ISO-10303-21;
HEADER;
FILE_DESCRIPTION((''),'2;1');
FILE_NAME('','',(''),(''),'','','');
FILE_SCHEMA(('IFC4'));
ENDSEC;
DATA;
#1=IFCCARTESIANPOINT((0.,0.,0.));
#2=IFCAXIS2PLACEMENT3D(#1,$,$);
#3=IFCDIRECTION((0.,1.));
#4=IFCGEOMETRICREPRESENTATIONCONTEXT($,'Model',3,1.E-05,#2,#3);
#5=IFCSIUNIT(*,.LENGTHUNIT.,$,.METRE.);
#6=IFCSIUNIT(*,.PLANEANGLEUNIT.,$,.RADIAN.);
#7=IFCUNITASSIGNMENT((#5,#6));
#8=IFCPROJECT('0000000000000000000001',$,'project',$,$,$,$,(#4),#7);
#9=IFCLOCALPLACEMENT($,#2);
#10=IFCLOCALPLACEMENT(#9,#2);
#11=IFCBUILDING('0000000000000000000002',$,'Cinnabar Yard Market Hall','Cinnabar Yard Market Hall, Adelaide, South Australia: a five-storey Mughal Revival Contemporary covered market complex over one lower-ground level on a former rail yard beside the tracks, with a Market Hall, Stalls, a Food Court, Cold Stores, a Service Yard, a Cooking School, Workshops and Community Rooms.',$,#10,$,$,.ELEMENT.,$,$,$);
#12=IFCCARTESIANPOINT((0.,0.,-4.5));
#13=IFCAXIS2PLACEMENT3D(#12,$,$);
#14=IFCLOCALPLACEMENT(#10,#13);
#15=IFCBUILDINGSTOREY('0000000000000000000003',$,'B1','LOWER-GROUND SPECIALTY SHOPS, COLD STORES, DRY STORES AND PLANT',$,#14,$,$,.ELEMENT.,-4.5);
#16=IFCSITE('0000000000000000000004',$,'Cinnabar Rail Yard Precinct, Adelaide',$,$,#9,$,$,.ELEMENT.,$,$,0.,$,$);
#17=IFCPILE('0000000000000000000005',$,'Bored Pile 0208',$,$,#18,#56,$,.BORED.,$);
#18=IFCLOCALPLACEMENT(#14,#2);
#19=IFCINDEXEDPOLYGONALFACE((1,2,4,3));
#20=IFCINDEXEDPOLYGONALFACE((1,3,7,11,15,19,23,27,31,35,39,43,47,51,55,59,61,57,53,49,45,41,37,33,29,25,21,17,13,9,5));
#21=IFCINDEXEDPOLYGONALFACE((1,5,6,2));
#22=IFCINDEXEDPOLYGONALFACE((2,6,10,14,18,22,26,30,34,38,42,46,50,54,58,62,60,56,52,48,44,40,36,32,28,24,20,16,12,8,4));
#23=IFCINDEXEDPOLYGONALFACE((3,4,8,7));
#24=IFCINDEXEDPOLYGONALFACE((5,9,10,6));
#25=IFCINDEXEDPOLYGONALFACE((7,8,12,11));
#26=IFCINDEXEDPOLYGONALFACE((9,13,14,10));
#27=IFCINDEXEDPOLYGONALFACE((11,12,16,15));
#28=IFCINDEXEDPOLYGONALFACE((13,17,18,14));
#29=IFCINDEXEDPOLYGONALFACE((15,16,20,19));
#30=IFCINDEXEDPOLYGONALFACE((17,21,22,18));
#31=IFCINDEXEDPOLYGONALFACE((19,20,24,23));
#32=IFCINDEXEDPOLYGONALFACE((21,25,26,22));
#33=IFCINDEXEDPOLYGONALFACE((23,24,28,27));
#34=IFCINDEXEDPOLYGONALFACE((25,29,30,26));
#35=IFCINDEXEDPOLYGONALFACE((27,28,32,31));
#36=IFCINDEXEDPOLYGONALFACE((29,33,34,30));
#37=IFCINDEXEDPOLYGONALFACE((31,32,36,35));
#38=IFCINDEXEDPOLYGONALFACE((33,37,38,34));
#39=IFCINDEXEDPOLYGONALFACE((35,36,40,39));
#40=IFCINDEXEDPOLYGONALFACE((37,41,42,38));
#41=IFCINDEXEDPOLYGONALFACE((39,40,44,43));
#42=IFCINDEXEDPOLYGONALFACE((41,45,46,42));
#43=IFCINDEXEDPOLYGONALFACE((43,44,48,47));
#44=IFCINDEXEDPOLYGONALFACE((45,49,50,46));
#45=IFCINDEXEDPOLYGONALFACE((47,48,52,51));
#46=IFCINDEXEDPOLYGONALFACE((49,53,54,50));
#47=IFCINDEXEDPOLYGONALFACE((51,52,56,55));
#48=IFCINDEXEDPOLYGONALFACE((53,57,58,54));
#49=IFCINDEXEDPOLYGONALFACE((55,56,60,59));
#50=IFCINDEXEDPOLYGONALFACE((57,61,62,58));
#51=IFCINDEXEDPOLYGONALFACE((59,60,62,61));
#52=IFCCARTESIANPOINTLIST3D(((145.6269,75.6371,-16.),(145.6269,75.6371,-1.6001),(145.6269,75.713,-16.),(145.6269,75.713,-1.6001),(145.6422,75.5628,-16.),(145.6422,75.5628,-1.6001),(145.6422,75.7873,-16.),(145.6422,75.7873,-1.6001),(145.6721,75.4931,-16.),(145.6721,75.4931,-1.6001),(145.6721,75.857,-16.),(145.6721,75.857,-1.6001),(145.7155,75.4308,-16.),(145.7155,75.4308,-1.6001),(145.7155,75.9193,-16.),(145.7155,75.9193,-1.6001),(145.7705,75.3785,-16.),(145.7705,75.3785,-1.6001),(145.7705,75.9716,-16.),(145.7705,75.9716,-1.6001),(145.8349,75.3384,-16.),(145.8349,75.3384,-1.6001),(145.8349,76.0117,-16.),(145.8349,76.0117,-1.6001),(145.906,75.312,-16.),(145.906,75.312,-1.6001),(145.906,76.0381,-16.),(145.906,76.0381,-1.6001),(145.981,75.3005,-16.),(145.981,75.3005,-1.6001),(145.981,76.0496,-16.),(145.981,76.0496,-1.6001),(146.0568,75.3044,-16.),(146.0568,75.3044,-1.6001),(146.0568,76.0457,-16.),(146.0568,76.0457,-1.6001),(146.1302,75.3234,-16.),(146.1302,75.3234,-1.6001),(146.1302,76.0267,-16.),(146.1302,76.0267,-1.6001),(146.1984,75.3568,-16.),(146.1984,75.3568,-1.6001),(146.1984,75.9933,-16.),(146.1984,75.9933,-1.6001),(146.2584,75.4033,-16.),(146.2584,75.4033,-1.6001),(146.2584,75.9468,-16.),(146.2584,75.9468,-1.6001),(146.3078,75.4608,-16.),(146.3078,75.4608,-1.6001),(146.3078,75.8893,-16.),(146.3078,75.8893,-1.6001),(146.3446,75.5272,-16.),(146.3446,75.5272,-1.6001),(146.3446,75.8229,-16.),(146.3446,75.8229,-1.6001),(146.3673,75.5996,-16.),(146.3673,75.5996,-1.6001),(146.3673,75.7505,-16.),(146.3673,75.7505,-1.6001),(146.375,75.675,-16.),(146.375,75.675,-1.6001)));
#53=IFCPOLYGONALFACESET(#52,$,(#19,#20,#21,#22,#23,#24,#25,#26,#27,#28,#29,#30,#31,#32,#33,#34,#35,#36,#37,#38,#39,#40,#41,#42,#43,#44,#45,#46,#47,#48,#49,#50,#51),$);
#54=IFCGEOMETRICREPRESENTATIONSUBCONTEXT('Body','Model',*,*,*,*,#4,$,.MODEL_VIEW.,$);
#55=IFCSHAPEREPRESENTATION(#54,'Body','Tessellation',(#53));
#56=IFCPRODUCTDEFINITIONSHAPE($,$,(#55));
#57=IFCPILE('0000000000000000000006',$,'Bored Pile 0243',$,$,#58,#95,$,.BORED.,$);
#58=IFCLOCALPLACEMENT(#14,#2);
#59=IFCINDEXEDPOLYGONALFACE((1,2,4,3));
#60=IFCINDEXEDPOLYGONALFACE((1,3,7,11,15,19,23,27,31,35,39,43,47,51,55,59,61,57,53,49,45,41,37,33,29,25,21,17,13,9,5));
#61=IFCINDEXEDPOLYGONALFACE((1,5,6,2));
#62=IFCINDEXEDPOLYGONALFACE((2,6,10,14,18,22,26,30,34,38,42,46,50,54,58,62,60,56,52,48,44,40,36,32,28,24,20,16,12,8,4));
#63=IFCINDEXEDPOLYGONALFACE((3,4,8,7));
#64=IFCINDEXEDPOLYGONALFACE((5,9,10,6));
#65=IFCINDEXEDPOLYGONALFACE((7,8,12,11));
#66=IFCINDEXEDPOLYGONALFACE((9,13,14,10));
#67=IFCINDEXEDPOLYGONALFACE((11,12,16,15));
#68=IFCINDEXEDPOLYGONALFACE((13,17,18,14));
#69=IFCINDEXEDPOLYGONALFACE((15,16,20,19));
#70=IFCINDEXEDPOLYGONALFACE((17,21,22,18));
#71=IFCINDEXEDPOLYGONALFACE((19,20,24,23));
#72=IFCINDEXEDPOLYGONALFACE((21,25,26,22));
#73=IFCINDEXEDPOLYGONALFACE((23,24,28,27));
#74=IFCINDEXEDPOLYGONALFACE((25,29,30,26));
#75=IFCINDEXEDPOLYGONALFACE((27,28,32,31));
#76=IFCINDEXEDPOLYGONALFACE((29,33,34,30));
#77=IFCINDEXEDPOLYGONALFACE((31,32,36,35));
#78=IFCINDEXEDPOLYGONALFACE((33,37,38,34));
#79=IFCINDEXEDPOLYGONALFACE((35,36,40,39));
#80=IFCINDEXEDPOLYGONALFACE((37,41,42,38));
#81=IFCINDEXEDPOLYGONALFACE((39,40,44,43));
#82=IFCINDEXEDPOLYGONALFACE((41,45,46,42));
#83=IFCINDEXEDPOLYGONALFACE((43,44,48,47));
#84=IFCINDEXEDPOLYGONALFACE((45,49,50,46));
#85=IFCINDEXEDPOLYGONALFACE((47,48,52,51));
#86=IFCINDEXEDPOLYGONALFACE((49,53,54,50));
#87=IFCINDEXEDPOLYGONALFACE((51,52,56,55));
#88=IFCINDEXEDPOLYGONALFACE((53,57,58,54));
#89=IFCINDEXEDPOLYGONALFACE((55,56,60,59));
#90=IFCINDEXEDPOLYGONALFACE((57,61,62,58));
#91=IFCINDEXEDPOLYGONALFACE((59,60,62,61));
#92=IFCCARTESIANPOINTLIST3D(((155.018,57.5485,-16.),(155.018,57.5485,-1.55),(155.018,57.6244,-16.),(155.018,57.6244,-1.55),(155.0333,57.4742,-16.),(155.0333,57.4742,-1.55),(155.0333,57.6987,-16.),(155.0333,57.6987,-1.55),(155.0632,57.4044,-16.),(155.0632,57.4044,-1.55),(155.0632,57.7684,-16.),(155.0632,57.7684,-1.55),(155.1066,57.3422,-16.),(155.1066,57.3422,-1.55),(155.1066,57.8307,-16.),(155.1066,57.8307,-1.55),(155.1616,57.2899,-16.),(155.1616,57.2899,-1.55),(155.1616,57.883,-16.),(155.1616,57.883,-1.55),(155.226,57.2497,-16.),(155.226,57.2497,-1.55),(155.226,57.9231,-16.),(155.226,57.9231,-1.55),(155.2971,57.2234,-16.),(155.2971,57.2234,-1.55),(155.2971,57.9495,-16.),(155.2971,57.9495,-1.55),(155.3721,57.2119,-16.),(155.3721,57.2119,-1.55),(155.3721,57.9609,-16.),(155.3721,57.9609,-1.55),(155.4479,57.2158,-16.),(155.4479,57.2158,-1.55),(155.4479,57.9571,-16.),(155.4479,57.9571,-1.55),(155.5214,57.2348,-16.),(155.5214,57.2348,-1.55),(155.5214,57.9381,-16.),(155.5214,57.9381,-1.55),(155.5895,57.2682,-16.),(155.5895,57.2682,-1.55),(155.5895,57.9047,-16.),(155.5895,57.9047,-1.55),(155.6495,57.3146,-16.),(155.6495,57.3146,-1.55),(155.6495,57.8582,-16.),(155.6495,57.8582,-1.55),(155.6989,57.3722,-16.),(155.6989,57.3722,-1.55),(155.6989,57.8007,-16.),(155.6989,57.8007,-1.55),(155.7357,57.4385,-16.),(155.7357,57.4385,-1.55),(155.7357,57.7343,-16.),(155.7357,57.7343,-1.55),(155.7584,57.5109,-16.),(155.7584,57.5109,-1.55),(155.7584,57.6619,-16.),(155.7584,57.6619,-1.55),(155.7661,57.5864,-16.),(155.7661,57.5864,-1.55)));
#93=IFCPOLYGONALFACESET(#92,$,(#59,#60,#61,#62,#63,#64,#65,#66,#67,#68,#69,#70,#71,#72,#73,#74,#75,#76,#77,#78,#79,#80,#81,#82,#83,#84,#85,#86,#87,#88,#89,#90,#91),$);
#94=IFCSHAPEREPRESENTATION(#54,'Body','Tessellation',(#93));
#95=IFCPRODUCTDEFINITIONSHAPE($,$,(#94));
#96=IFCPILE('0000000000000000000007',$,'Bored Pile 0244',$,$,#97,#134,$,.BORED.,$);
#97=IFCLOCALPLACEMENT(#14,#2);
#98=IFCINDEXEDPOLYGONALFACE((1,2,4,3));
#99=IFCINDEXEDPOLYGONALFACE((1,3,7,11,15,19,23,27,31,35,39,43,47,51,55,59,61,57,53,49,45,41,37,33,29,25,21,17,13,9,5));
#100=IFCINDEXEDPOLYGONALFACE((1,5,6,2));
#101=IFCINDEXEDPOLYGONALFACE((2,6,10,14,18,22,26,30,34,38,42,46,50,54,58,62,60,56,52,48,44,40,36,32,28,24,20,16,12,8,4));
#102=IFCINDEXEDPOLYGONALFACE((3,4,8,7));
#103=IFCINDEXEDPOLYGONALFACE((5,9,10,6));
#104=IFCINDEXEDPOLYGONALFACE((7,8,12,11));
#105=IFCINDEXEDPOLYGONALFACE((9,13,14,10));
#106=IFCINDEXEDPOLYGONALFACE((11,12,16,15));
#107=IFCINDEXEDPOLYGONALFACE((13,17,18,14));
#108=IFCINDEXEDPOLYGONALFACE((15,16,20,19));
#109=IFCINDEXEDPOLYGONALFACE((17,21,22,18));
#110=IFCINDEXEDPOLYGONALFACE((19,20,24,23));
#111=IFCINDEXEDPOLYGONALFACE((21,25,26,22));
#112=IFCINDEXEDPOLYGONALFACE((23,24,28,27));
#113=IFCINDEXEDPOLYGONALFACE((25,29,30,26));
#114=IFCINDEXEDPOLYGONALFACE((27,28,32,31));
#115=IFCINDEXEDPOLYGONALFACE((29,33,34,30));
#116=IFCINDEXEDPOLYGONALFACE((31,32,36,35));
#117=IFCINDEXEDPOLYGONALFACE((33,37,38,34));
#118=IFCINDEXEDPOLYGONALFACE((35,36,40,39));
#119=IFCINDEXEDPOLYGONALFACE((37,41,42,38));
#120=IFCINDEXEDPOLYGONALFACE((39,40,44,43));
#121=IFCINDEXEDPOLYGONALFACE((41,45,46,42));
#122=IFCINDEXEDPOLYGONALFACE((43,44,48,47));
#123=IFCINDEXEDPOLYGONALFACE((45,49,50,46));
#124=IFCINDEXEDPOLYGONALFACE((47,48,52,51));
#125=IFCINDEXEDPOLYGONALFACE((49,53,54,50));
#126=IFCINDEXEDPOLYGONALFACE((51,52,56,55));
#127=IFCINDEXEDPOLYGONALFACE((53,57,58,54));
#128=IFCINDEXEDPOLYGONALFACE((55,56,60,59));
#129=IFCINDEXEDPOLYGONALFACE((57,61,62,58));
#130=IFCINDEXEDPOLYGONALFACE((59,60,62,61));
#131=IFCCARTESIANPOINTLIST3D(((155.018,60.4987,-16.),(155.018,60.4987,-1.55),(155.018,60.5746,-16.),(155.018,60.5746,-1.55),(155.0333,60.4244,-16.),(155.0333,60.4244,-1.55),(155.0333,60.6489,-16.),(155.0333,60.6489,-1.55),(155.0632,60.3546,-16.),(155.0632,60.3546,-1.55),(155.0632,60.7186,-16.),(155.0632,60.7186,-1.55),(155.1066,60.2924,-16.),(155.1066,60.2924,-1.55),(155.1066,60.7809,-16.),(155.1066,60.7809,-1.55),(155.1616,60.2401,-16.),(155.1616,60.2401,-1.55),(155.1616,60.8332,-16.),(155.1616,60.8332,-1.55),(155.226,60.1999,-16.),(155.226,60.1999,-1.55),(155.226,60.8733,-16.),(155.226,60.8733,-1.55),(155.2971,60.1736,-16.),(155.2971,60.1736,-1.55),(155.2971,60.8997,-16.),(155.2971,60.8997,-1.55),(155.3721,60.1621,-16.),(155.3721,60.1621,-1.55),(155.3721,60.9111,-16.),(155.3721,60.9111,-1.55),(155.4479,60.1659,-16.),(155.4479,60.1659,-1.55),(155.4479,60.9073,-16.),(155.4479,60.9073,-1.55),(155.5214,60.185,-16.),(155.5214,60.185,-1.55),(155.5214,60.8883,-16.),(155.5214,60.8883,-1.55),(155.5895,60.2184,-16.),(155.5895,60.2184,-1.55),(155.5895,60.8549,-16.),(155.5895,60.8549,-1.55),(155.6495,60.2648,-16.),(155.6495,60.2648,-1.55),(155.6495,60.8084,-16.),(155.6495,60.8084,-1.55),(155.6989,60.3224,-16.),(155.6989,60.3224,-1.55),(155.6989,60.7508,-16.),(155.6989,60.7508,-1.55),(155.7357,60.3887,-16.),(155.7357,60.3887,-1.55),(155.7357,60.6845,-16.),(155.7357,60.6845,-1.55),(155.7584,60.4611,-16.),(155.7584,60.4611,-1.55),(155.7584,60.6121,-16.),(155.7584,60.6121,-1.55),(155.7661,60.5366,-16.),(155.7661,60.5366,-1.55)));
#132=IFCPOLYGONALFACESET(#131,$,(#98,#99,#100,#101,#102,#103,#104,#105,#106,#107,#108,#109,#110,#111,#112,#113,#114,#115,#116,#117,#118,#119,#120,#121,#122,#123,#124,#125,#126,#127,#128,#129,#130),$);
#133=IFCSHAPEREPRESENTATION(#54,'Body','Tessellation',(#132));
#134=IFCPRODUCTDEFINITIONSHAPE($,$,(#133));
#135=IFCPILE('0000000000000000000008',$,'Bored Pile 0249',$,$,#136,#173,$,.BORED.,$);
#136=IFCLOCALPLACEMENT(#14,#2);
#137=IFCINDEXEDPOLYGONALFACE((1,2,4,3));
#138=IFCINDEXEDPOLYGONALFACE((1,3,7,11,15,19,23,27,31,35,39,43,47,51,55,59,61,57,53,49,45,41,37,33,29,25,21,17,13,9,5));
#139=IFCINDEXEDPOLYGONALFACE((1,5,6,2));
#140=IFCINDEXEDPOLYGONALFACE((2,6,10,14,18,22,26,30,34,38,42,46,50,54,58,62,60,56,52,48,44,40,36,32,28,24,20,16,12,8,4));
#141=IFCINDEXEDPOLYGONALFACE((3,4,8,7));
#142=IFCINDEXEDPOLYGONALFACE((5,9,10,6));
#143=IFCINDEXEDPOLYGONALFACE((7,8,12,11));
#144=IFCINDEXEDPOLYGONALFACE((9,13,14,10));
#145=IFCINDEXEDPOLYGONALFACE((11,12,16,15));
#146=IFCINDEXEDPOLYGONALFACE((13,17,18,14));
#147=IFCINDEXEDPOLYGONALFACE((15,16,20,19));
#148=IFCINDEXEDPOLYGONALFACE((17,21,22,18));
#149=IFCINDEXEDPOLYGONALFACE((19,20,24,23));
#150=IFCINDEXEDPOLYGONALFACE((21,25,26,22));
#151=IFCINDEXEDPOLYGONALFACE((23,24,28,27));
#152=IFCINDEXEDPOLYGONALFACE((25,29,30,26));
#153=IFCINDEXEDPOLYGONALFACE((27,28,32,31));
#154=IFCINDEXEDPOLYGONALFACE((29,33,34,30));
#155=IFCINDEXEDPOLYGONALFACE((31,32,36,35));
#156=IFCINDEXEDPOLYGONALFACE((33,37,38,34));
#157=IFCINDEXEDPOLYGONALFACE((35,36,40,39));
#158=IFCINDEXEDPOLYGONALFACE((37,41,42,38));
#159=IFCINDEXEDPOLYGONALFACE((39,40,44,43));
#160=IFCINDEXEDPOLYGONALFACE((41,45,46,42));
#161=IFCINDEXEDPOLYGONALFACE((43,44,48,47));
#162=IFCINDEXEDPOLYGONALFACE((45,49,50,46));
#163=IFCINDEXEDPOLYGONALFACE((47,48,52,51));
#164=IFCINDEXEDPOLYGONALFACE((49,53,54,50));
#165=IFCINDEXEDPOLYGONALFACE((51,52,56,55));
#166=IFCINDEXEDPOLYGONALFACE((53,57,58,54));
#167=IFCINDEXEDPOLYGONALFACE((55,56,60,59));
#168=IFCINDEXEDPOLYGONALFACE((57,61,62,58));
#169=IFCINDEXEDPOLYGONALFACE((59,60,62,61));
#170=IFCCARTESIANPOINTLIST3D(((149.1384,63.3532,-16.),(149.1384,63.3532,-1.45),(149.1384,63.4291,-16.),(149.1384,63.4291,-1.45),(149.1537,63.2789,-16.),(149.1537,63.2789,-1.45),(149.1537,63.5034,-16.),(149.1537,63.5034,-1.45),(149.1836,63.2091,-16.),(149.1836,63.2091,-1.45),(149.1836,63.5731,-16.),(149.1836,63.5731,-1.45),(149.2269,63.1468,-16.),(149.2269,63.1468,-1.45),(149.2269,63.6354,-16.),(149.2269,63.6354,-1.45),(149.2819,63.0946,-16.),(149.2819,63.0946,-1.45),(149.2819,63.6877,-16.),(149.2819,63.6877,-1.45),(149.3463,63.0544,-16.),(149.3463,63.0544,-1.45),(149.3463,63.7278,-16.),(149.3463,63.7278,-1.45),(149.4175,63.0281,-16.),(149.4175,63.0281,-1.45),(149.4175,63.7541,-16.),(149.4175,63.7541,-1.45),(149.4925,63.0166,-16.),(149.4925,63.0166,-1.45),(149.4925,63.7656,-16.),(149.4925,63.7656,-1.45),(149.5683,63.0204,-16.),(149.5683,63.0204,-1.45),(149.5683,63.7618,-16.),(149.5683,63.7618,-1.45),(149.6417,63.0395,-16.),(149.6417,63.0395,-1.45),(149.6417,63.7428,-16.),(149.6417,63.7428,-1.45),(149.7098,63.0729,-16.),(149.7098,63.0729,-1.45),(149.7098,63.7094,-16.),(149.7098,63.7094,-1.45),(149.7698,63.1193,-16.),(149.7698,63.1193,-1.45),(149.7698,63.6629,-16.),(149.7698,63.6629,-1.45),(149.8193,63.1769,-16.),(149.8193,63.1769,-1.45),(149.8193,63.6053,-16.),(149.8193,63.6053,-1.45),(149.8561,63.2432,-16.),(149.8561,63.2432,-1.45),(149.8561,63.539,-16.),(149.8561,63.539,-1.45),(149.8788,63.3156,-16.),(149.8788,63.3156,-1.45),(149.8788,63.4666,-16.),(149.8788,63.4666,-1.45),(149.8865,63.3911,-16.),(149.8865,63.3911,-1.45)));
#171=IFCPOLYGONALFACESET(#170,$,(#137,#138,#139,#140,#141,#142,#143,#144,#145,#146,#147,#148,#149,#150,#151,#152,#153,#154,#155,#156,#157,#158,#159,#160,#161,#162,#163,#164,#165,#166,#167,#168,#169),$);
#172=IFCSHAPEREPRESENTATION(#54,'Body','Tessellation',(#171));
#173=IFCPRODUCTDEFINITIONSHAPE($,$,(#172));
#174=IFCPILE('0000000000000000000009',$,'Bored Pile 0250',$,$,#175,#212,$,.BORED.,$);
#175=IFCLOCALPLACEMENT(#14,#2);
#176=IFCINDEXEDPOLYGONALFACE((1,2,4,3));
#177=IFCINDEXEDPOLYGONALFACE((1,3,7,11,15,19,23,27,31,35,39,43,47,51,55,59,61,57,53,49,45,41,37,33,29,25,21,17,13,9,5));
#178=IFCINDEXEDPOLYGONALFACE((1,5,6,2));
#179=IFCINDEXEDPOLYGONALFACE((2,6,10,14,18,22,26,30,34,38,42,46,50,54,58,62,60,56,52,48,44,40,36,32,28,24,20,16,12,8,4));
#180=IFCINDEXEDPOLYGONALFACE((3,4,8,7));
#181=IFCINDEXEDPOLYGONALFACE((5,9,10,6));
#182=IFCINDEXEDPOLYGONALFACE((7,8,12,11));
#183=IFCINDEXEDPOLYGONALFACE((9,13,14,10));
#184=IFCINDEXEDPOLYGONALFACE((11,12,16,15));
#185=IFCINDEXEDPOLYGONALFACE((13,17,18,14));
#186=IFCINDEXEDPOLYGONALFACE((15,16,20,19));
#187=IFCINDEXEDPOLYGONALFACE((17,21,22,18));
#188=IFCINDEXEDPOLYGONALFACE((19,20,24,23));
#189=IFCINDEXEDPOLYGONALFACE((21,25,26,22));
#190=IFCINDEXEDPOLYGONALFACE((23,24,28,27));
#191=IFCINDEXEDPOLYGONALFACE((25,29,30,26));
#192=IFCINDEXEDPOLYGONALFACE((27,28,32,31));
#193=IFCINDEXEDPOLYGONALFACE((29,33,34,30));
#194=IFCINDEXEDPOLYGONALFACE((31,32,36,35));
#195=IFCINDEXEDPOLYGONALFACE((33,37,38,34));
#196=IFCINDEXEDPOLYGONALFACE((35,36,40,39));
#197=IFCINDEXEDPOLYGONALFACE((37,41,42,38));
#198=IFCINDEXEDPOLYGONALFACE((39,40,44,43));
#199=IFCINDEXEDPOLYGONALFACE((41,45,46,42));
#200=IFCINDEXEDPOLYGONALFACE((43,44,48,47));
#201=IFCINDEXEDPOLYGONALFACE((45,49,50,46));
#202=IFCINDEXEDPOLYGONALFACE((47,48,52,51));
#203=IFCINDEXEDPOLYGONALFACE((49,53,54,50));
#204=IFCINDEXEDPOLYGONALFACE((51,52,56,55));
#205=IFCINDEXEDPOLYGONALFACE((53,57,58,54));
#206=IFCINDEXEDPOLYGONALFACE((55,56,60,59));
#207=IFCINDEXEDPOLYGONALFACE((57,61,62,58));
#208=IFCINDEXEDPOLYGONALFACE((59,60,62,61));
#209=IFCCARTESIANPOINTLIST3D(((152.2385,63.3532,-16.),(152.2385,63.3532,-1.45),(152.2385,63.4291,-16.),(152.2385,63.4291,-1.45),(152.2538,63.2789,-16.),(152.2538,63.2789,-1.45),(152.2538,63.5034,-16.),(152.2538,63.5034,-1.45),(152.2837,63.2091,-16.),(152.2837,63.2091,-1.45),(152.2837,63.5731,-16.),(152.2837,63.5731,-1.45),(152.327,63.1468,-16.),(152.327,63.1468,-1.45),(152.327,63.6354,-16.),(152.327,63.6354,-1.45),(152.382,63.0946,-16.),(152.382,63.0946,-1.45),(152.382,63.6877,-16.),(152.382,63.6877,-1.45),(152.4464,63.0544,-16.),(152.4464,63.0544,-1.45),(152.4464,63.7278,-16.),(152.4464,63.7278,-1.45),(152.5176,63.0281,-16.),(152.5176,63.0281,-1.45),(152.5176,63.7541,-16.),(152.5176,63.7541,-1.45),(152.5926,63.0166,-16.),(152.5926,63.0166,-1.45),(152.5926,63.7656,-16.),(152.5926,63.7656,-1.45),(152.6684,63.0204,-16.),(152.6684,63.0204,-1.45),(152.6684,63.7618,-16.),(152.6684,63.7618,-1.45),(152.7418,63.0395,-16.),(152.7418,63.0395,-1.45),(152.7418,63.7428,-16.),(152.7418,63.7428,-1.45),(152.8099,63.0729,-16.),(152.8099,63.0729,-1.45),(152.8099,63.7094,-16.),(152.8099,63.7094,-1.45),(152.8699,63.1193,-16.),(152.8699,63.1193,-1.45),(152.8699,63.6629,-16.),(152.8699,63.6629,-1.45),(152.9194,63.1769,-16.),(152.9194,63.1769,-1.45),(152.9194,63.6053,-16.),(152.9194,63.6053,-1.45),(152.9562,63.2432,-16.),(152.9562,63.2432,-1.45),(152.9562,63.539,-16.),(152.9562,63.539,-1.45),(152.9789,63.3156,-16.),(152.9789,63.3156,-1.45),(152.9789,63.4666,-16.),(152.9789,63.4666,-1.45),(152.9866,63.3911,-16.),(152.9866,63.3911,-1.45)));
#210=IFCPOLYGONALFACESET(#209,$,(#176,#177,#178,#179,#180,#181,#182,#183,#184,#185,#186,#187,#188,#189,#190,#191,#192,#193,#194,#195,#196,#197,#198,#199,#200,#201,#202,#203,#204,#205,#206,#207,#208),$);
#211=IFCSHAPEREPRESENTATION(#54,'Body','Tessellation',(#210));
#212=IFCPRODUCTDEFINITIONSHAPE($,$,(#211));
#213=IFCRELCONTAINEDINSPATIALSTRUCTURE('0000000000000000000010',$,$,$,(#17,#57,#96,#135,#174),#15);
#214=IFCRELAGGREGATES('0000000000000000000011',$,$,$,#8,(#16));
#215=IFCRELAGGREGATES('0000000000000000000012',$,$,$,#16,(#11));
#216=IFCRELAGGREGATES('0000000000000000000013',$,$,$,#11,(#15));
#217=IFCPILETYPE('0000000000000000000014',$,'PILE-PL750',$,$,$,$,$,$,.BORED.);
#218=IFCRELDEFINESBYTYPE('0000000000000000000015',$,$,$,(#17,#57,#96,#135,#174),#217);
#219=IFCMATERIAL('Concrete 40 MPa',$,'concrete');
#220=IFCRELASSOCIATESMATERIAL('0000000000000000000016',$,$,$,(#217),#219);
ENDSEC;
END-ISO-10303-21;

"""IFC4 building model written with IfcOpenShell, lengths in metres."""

from ifc_helpers import new_model, si_unit, direction, frame, origin, origin_2d_with_axis, place, context, subcontext, project, spatial, circle, extrude, material, material_profile, profile_set, type_object, element, save


model = new_model("IFC4")

# Units and contexts
model_context = context("Model", 3, precision=1e-05, world=origin(), true_north=direction((0.0, 1.0)))
body_context = subcontext(model_context, "Body", "Model", "MODEL_VIEW")
ifc_project = project(units=[si_unit("LENGTHUNIT", "METRE"), si_unit("PLANEANGLEUNIT", "RADIAN")], contexts=[model_context])

# Site, building, storey
site_placement = place(None, origin())
site = spatial("IfcSite", under=ifc_project, at=site_placement, Name="Cinnabar Rail Yard Precinct, Adelaide", CompositionType="ELEMENT", RefElevation=0.0)
building_placement = place(site_placement, origin())
building = spatial("IfcBuilding", under=site, at=building_placement, Name="Cinnabar Yard Market Hall", Description="Cinnabar Yard Market Hall, Adelaide, South Australia: a five-storey Mughal Revival Contemporary covered market complex over one lower-ground level on a former rail yard beside the tracks, with a Market Hall, Stalls, a Food Court, Cold Stores, a Service Yard, a Cooking School, Workshops and Community Rooms.", CompositionType="ELEMENT")
storey_placement = place(building_placement, frame((0.0, 0.0, -4.5)))
storey = spatial("IfcBuildingStorey", under=building, at=storey_placement, Name="B1", Description="LOWER-GROUND SPECIALTY SHOPS, COLD STORES, DRY STORES AND PLANT", CompositionType="ELEMENT", Elevation=-4.5)

# Shared definitions
ifc_material_1 = material(Name="Concrete 40 MPa", Category="concrete")

# Piles
ifc_material_profile_1 = material_profile(ifc_material_1, circle(Radius=0.375, at=origin_2d_with_axis()), Name="PILE-D750")
ifc_profile_set_1 = profile_set([ifc_material_profile_1], Name="Concrete 40 MPa")
pile_type_1 = type_object("IfcPileType", Name="PILE-PL750", PredefinedType="BORED", material=ifc_profile_set_1)
pile_1_placement = place(storey_placement, frame((146.0, 75.675, -1.6001), z_axis=(0.0, 0.0, -1.0), x_axis=(1.0, 0.0, 0.0)))
element("IfcPile", 1, at=pile_1_placement, inside=storey, type_object=pile_type_1, Name="Bored Pile 0208", PredefinedType="BORED", context=body_context, shape_type="SweptSolid", body=[
    extrude(circle(Radius=0.375, at=origin_2d_with_axis()), origin(), (0.0, 0.0, 1.0), 14.3999),
])
for number, where, z_axis, x_axis, name in (
    (2, (155.3911, 57.5864, -1.55), (0.0, 0.0, -1.0), (1.0, 0.0, 0.0), "Bored Pile 0243"),
    (3, (155.3911, 60.5366, -1.55), (0.0, 0.0, -1.0), (1.0, 0.0, 0.0), "Bored Pile 0244"),
):
    element("IfcPile", number, at=place(storey_placement, frame(where, z_axis=z_axis, x_axis=x_axis)), inside=storey, type_object=pile_type_1, Name=name, PredefinedType="BORED", context=body_context, shape_type="SweptSolid", body=[
        extrude(circle(Radius=0.375, at=origin_2d_with_axis()), origin(), (0.0, 0.0, 1.0), 14.45),
    ])
for number, where, z_axis, x_axis, name in (
    (4, (149.5115, 63.3911, -1.45), (0.0, 0.0, -1.0), (1.0, 0.0, 0.0), "Bored Pile 0249"),
    (5, (152.6116, 63.3911, -1.45), (0.0, 0.0, -1.0), (1.0, 0.0, 0.0), "Bored Pile 0250"),
):
    element("IfcPile", number, at=place(storey_placement, frame(where, z_axis=z_axis, x_axis=x_axis)), inside=storey, type_object=pile_type_1, Name=name, PredefinedType="BORED", context=body_context, shape_type="SweptSolid", body=[
        extrude(circle(Radius=0.375, at=origin_2d_with_axis()), origin(), (0.0, 0.0, 1.0), 14.55),
    ])

save(model, "model.ifc")
